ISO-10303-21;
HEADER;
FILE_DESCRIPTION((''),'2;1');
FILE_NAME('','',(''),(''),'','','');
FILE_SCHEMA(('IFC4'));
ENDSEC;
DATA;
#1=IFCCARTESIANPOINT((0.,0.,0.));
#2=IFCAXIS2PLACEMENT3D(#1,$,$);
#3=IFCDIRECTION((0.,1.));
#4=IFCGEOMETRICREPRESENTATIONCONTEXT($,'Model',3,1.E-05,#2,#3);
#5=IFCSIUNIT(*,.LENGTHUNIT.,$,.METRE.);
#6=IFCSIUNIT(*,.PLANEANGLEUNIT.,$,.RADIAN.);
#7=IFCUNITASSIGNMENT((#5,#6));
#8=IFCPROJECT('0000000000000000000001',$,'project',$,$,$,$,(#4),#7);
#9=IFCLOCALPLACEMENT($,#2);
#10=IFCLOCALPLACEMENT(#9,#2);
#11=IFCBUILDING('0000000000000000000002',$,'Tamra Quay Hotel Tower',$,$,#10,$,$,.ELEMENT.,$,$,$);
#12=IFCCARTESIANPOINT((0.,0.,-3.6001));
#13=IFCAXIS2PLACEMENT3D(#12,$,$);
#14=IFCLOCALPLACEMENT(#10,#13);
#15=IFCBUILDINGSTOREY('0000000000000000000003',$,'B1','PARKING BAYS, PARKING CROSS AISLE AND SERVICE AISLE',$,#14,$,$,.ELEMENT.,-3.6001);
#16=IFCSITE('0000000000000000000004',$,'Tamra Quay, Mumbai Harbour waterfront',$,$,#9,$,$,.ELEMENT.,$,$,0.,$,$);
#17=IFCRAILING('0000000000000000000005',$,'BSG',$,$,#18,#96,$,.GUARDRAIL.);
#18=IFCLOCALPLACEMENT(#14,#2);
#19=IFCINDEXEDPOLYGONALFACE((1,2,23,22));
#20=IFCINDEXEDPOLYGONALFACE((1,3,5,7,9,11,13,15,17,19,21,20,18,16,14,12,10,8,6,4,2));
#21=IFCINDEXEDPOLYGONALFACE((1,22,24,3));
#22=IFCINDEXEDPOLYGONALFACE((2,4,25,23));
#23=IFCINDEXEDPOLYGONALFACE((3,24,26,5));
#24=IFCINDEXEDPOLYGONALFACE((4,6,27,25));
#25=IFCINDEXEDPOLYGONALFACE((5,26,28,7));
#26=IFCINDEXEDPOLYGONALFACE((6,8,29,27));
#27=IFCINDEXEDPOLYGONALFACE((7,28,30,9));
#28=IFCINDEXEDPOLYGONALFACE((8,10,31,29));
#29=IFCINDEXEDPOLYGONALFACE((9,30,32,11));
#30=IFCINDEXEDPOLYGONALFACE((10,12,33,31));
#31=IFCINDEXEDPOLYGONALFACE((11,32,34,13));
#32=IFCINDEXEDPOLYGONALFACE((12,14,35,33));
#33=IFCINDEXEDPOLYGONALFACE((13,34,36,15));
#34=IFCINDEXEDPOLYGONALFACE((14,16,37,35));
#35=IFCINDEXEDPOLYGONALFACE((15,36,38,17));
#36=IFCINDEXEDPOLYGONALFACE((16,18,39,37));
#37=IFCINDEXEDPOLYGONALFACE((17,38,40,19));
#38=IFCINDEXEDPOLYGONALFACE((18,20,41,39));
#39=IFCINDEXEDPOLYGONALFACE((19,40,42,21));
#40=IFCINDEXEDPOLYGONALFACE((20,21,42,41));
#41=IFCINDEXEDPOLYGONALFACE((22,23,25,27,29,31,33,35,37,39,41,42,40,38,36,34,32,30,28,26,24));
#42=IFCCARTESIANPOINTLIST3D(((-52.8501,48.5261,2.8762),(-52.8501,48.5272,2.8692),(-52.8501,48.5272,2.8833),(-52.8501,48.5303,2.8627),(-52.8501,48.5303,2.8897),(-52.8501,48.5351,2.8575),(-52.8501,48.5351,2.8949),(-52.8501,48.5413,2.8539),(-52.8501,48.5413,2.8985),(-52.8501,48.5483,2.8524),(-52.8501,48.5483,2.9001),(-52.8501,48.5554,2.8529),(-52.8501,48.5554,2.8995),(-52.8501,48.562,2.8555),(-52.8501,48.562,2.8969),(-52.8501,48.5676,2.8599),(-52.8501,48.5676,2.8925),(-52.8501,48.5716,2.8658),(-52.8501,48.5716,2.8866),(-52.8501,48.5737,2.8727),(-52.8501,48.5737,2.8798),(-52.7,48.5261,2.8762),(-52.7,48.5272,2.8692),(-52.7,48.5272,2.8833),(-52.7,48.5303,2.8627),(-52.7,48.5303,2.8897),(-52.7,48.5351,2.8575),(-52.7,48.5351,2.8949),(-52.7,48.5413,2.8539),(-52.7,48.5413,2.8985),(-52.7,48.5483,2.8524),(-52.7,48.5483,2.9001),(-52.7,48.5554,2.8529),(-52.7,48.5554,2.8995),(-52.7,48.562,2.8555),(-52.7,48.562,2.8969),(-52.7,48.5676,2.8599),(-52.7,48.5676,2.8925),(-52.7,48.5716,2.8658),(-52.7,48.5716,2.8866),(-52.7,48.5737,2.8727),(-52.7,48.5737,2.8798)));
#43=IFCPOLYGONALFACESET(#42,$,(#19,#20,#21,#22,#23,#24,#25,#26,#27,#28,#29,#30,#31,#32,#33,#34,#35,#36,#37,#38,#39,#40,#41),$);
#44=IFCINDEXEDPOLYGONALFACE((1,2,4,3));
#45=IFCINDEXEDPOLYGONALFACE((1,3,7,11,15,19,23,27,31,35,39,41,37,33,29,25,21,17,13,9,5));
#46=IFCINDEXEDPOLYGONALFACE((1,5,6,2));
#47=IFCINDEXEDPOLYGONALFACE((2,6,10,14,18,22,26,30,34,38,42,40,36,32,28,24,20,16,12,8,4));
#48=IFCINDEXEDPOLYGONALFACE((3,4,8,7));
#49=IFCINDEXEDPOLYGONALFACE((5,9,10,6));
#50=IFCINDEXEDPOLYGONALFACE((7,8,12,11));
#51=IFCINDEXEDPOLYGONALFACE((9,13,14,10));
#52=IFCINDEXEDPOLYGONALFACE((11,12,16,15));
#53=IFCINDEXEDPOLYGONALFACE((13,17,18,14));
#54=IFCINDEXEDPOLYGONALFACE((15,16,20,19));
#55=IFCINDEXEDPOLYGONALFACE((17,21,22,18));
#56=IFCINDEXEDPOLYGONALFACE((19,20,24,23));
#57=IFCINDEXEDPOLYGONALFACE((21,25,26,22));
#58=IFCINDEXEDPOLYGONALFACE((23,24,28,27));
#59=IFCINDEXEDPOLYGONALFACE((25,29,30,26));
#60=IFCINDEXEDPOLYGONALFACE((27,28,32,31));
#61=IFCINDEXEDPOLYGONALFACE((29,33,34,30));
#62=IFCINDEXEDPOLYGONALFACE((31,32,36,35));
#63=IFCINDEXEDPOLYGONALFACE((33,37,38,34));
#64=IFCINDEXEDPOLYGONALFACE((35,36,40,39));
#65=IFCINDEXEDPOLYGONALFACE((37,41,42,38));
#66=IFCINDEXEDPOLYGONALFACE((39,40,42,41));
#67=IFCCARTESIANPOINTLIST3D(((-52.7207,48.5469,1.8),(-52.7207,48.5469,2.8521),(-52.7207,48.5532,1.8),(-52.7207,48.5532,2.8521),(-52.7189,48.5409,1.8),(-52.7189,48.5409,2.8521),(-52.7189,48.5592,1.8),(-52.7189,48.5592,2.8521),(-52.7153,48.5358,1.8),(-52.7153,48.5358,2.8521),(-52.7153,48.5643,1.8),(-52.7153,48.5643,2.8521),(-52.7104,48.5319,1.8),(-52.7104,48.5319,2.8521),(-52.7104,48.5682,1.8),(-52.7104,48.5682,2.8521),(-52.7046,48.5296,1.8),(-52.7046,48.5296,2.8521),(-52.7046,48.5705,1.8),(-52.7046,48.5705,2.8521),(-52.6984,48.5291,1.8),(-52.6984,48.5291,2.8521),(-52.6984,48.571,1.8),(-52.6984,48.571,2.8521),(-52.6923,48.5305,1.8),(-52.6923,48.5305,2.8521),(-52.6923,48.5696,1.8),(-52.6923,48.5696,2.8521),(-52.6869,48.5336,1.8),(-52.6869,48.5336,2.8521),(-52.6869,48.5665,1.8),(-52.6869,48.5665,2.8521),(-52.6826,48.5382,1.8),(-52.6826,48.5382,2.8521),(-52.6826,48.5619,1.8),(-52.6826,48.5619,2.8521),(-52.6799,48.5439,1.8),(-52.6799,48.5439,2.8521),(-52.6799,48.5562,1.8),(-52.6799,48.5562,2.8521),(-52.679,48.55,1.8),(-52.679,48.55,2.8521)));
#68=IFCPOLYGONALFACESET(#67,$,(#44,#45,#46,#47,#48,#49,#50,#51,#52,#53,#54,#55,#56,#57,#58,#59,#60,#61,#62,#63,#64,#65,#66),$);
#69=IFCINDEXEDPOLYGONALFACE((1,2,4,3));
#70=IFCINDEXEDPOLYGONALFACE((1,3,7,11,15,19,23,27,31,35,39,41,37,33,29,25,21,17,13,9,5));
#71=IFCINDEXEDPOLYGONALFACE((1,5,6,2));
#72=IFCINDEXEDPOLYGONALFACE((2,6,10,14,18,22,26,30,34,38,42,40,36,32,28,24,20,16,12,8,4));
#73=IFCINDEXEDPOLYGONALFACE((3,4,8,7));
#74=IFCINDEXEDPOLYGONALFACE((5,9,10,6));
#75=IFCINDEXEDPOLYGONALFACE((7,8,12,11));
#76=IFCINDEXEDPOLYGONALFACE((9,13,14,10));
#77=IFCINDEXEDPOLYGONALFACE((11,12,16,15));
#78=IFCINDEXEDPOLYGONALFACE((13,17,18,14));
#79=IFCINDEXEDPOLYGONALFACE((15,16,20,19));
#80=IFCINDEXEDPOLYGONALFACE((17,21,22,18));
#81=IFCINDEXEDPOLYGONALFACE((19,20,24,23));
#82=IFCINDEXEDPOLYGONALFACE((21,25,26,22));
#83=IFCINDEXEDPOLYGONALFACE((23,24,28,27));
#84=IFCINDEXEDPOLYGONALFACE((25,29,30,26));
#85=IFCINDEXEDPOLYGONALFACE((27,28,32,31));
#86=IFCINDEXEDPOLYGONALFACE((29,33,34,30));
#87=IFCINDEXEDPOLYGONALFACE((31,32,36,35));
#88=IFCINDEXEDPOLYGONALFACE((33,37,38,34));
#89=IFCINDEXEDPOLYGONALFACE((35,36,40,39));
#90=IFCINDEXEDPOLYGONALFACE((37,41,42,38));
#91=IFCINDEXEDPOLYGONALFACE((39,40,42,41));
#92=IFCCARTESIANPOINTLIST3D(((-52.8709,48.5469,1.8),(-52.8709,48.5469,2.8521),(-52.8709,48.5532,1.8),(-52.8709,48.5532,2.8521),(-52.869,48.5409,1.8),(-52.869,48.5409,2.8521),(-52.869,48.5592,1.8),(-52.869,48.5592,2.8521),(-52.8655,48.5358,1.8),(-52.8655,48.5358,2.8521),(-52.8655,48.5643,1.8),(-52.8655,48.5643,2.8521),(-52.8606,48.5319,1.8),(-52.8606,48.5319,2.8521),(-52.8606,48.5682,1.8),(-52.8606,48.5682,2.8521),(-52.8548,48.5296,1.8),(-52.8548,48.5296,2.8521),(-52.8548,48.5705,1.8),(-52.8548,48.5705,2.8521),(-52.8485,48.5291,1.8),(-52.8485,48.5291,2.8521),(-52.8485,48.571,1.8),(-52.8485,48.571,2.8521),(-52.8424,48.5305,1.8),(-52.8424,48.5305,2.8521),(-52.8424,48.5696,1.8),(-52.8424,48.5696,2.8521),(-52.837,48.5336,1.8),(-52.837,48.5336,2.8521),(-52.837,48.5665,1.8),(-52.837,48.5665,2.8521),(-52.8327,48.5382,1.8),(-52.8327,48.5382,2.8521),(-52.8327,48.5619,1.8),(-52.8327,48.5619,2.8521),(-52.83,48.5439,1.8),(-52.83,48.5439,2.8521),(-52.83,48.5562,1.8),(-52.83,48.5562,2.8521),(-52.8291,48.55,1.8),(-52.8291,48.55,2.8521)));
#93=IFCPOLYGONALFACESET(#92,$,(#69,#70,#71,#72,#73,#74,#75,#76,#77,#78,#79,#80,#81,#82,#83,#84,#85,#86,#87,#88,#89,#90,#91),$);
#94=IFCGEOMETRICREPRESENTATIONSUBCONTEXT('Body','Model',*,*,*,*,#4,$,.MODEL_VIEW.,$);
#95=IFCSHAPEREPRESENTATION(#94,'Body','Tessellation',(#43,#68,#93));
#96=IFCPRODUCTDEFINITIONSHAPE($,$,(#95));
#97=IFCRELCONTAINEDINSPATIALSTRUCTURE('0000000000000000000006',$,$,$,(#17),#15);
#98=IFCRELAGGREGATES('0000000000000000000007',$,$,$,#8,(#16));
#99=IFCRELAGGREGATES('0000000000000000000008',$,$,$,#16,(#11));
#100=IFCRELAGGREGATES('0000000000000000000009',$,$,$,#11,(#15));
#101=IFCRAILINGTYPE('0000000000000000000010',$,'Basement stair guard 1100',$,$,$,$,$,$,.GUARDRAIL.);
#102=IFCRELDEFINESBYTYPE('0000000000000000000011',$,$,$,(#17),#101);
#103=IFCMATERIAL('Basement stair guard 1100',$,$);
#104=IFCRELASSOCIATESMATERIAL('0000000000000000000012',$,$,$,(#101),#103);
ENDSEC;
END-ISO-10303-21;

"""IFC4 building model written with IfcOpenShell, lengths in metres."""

from ifc_helpers import new_model, si_unit, direction, frame, origin, origin_2d, place, context, subcontext, project, spatial, circle, extrude, material, type_object, element, save


model = new_model("IFC4")

# Units and contexts
model_context = context("Model", 3, precision=1e-05, world=origin(), true_north=direction((0.0, 1.0)))
body_context = subcontext(model_context, "Body", "Model", "MODEL_VIEW")
ifc_project = project(units=[si_unit("LENGTHUNIT", "METRE"), si_unit("PLANEANGLEUNIT", "RADIAN")], contexts=[model_context])

# Site, building, storey
site_placement = place(None, origin())
site = spatial("IfcSite", under=ifc_project, at=site_placement, Name="Tamra Quay, Mumbai Harbour waterfront", CompositionType="ELEMENT", RefElevation=0.0)
building_placement = place(site_placement, origin())
building = spatial("IfcBuilding", under=site, at=building_placement, Name="Tamra Quay Hotel Tower", CompositionType="ELEMENT")
storey_placement = place(building_placement, frame((0.0, 0.0, -3.6001)))
storey = spatial("IfcBuildingStorey", under=building, at=storey_placement, Name="B1", Description="PARKING BAYS, PARKING CROSS AISLE AND SERVICE AISLE", CompositionType="ELEMENT", Elevation=-3.6001)

# Railing
ifc_material_1 = material(Name="Basement stair guard 1100")
railing_type_1 = type_object("IfcRailingType", Name="Basement stair guard 1100", PredefinedType="GUARDRAIL", material=ifc_material_1)
railing_1_placement = place(storey_placement, frame((-52.7, 48.55, 1.8)))
element("IfcRailing", 1, at=railing_1_placement, inside=storey, type_object=railing_type_1, Name="BSG", PredefinedType="GUARDRAIL", context=body_context, shape_type="SweptSolid", body=[
    extrude(circle(Radius=0.0239, at=origin_2d()), frame((0.0, 0.0, 1.0762), z_axis=(-1.0, 0.0, 0.0), x_axis=(0.0, -1.0, 0.0)), (0.0, 0.0, 1.0), 0.1501),
    extrude(circle(Radius=0.021, at=origin_2d()), origin(), (0.0, 0.0, 1.0), 1.052),
    extrude(circle(Radius=0.021, at=origin_2d()), frame((-0.1501, 0.0, 0.0)), (0.0, 0.0, 1.0), 1.052),
])

save(model, "model.ifc")
